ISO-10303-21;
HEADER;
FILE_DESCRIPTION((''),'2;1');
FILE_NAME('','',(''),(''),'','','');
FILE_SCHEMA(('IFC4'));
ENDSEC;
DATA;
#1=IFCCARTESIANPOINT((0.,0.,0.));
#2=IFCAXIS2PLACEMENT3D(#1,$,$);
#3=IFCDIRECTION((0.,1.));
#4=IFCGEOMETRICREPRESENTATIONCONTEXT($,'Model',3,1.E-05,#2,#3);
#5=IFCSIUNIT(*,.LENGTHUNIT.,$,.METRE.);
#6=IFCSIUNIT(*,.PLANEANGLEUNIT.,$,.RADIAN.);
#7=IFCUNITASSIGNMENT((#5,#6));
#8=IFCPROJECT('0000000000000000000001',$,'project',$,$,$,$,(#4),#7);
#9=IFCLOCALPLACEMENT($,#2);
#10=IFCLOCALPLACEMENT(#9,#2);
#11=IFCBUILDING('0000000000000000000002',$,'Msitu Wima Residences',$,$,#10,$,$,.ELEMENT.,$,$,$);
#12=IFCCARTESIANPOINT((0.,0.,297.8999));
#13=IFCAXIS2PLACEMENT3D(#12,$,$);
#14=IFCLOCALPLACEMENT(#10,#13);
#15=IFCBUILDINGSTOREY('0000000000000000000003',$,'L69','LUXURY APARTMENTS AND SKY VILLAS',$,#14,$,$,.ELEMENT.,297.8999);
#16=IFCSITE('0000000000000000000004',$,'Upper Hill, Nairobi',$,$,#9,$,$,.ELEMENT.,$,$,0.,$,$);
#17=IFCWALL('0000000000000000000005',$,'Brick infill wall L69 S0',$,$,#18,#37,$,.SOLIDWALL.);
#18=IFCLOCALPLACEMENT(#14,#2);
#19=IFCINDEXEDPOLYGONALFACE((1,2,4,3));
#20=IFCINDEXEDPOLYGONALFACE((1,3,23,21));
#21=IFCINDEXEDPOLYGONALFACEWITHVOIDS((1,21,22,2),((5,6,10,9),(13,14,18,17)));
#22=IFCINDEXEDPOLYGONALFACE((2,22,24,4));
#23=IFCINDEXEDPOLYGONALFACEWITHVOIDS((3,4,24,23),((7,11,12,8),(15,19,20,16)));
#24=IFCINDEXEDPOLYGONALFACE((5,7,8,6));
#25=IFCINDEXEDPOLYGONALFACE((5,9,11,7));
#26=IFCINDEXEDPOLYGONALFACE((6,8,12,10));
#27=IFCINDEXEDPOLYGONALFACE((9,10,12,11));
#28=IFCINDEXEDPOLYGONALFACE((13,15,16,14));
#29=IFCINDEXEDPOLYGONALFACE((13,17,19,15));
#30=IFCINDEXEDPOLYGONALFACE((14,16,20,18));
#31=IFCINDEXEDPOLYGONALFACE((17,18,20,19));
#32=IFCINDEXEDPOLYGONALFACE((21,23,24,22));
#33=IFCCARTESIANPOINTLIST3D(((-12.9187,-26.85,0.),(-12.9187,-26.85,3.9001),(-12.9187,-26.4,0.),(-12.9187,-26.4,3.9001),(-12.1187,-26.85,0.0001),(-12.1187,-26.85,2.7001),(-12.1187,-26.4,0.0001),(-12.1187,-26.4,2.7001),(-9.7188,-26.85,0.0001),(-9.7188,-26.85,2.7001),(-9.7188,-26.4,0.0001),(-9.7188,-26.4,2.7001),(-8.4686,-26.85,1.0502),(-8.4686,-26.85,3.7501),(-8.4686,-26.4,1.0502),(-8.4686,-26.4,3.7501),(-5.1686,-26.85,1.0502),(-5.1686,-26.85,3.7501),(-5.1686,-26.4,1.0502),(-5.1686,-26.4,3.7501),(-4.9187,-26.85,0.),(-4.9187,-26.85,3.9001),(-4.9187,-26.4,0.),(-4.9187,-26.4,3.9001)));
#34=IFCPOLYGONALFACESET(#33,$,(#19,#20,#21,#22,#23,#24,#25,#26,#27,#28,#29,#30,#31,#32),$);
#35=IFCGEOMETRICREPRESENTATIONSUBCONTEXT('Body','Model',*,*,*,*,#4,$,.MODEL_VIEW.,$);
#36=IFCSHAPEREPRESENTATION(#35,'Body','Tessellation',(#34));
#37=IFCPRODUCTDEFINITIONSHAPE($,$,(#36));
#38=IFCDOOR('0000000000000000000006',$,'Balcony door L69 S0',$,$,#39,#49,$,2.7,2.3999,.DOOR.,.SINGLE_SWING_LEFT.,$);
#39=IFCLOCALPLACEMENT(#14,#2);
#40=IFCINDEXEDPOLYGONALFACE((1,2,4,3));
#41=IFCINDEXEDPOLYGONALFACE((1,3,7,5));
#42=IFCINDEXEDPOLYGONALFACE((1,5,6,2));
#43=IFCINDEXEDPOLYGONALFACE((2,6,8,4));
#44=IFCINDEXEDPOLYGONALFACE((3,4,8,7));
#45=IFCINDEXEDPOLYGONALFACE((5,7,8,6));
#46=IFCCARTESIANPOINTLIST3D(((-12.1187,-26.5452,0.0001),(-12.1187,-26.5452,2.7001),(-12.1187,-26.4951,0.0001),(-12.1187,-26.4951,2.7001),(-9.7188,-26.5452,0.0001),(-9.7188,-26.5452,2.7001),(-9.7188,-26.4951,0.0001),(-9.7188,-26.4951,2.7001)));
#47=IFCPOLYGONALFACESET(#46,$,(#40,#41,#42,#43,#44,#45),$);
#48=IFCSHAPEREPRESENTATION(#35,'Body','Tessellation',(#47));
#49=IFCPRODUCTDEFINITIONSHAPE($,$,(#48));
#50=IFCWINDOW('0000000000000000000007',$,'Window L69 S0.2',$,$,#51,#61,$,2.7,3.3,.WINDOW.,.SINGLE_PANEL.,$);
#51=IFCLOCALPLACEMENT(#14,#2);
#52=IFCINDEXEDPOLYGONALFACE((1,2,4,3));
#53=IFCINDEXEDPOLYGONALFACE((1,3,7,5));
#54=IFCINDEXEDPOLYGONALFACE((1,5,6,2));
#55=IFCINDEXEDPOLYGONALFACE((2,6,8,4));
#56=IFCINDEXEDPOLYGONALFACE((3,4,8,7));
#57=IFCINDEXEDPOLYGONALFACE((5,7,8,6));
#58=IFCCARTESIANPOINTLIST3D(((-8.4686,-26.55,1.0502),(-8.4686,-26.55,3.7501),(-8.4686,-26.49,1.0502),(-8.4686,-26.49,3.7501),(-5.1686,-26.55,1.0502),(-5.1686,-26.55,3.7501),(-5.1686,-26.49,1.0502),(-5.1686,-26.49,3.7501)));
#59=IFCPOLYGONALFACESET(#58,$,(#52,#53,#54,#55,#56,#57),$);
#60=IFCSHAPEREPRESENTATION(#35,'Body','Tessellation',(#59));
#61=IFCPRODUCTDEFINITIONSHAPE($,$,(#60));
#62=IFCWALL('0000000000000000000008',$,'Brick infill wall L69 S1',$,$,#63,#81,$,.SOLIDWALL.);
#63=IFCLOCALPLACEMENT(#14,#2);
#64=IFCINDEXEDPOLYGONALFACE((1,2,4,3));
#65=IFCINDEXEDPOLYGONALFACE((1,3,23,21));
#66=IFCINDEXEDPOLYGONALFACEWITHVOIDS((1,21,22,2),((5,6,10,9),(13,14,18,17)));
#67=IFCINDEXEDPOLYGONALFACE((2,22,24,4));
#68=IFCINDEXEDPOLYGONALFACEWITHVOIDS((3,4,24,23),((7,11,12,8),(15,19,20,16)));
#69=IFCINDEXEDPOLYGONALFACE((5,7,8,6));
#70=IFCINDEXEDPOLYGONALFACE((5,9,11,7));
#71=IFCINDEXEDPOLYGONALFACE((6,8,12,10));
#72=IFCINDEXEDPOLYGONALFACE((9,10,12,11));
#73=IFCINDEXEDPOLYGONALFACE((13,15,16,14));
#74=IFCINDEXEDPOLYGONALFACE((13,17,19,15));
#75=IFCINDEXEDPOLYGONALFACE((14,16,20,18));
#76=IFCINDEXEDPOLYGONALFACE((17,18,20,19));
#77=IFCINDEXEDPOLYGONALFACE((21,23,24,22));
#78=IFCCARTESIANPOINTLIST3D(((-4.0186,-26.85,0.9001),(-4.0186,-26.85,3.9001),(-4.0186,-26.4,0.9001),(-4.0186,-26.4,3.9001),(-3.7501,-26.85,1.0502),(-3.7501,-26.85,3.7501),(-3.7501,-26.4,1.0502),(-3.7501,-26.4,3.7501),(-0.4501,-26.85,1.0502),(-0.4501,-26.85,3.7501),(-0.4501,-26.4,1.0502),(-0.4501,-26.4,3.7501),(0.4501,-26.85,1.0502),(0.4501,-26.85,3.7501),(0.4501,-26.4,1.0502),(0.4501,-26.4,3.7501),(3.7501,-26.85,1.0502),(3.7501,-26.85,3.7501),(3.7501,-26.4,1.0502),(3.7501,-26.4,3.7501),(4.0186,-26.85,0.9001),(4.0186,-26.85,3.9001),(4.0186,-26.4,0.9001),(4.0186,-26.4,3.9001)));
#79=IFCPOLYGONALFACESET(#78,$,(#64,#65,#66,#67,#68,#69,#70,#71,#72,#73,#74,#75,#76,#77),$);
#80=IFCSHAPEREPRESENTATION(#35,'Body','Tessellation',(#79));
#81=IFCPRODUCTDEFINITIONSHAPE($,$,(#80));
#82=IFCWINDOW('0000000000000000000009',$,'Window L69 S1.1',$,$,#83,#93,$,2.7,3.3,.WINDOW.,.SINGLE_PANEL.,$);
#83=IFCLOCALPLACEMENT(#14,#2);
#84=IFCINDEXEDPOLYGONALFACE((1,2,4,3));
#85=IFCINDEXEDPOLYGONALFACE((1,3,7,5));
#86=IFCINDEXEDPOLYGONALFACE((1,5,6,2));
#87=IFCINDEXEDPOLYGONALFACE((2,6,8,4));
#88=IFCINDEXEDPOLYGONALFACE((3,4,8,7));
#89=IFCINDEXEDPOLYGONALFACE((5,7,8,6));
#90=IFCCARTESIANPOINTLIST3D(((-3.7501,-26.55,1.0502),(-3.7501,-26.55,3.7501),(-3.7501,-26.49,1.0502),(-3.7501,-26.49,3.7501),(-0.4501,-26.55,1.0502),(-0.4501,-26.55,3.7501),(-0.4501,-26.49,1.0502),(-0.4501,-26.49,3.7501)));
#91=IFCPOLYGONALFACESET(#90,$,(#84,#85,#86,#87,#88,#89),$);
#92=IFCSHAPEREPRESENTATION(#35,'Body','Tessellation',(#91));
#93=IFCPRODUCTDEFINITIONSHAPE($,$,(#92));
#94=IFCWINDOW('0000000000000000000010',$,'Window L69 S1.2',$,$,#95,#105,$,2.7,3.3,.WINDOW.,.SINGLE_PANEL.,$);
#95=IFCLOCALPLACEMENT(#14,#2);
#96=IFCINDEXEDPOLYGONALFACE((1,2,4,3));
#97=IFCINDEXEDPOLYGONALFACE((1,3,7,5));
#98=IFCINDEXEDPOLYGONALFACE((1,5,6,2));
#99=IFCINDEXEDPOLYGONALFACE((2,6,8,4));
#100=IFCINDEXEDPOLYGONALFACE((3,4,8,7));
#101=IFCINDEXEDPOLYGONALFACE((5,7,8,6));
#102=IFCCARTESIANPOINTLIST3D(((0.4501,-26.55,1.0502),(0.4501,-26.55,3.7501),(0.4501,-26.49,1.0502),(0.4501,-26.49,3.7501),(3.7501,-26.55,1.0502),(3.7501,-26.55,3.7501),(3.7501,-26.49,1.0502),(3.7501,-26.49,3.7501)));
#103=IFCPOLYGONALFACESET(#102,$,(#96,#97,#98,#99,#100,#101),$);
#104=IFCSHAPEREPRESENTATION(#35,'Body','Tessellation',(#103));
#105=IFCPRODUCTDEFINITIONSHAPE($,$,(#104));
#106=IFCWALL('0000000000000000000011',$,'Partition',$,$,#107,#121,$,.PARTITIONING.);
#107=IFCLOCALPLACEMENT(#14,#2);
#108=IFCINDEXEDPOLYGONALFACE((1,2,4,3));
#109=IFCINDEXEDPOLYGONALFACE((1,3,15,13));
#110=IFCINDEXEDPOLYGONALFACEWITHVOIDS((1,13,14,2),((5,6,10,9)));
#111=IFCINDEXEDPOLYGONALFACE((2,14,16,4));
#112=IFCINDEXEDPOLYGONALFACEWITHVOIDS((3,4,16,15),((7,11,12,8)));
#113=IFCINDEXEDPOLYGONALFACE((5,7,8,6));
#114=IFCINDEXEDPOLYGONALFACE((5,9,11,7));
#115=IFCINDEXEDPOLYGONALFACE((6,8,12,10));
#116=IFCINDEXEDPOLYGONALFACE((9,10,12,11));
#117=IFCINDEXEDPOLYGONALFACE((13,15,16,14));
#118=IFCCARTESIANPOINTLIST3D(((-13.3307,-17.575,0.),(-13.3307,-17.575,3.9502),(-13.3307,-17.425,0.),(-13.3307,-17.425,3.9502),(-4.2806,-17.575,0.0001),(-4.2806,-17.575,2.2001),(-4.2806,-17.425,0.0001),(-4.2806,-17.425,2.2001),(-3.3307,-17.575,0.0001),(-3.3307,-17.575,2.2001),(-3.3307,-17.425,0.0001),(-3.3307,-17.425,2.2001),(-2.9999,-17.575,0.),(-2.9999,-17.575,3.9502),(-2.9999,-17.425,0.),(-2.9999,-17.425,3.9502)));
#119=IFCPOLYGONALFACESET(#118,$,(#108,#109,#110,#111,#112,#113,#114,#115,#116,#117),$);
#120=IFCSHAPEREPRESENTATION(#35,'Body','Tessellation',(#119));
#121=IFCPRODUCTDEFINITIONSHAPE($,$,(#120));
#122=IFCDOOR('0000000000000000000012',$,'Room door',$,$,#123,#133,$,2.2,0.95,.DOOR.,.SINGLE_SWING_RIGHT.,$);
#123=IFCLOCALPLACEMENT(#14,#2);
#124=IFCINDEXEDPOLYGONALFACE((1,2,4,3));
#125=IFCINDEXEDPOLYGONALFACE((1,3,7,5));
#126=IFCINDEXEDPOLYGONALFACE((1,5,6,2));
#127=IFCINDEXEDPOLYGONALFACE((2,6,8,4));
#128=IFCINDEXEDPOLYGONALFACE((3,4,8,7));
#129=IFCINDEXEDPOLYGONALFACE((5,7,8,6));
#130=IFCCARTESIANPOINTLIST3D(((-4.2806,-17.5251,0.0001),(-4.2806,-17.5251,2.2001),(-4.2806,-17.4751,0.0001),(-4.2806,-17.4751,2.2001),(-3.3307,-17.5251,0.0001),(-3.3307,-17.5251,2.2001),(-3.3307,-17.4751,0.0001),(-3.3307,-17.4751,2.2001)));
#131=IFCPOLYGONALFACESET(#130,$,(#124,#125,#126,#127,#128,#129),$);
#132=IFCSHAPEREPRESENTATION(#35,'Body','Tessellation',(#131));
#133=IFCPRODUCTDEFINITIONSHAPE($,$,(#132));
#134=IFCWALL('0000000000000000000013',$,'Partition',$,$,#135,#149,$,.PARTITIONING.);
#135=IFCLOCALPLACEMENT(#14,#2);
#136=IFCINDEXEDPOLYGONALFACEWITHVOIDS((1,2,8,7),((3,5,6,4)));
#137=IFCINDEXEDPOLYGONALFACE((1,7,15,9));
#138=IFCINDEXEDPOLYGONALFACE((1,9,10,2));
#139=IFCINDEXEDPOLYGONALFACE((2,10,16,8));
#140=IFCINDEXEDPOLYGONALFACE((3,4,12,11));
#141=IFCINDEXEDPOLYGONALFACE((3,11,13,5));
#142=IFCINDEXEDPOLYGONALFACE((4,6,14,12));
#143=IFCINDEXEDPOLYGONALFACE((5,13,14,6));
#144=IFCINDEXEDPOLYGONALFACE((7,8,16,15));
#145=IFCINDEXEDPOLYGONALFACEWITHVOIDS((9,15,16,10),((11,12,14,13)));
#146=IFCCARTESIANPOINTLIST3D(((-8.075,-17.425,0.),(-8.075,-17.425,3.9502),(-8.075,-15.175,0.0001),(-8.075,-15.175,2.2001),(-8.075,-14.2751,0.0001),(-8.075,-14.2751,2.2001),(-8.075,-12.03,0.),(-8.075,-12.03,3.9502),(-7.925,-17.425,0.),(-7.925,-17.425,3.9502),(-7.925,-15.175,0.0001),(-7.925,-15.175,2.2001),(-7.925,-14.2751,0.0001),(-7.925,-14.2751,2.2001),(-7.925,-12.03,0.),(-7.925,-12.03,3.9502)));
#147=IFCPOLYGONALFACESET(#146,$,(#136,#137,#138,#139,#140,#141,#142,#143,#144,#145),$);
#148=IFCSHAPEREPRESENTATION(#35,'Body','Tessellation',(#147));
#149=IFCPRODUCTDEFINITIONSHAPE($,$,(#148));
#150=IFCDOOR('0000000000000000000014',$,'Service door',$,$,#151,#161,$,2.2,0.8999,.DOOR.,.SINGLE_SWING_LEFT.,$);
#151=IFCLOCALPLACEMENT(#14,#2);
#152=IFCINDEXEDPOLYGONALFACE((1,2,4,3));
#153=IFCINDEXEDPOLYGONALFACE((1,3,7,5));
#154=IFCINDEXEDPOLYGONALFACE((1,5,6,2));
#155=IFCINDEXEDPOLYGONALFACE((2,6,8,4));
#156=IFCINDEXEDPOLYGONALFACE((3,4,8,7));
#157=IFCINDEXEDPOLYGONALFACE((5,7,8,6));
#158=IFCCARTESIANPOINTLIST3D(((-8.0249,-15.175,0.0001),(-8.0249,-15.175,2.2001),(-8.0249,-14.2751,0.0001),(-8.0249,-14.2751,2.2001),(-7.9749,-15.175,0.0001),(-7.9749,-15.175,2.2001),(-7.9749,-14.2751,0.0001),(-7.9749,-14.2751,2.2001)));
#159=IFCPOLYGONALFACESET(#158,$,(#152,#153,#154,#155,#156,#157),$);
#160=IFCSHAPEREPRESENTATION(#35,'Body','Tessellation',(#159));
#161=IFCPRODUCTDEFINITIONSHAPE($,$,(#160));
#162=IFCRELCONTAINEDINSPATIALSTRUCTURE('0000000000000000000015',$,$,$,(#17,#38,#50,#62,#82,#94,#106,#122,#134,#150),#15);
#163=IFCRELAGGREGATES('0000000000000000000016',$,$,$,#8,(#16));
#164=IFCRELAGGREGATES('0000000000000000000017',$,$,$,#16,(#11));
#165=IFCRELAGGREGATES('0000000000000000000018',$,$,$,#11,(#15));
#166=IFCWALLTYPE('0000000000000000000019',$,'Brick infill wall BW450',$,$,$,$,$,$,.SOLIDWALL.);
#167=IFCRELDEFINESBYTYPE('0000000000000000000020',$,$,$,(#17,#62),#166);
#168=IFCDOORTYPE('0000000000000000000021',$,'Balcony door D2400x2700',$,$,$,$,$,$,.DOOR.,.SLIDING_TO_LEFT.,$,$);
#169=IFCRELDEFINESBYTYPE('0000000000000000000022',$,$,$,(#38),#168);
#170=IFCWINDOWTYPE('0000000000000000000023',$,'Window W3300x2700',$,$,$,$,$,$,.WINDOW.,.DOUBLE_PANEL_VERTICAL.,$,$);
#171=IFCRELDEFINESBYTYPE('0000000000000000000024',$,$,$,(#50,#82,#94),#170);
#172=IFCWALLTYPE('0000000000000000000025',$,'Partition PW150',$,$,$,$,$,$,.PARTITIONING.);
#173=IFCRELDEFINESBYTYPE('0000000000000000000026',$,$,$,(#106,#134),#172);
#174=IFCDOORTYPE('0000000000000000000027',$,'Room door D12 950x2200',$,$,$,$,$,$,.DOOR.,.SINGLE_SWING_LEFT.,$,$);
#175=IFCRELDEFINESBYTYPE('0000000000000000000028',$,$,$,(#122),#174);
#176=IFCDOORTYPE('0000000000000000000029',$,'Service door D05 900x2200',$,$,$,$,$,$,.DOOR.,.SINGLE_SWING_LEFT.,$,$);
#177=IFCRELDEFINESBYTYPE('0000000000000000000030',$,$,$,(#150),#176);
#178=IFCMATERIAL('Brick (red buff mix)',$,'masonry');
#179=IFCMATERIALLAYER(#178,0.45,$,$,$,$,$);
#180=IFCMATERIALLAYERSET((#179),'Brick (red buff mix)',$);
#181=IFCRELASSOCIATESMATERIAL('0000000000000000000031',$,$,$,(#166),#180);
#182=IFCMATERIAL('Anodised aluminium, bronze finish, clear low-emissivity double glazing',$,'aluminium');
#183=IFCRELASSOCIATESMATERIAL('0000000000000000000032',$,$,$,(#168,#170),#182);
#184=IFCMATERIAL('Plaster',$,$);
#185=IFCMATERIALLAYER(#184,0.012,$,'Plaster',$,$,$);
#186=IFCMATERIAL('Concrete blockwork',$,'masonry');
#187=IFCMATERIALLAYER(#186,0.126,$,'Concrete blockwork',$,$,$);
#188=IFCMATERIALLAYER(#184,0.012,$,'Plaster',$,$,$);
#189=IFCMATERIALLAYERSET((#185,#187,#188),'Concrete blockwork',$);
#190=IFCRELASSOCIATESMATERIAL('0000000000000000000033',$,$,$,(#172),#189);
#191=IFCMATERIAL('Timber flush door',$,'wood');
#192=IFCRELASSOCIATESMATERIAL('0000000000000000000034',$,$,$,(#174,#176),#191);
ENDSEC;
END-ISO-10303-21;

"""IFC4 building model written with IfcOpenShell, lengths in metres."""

from ifc_helpers import new_model, si_unit, direction, frame, frame_2d, origin, place, context, subcontext, project, spatial, rectangle, extrude, material, layer, layer_set, type_object, element, fill, save


model = new_model("IFC4")

# Units and contexts
model_context = context("Model", 3, precision=1e-05, world=origin(), true_north=direction((0.0, 1.0)))
body_context = subcontext(model_context, "Body", "Model", "MODEL_VIEW")
ifc_project = project(units=[si_unit("LENGTHUNIT", "METRE"), si_unit("PLANEANGLEUNIT", "RADIAN")], contexts=[model_context])

# Site, building, storey
site_placement = place(None, origin())
site = spatial("IfcSite", under=ifc_project, at=site_placement, Name="Upper Hill, Nairobi", CompositionType="ELEMENT", RefElevation=0.0)
building_placement = place(site_placement, origin())
building = spatial("IfcBuilding", under=site, at=building_placement, Name="Msitu Wima Residences", CompositionType="ELEMENT")
storey_placement = place(building_placement, frame((0.0, 0.0, 297.8999)))
storey = spatial("IfcBuildingStorey", under=building, at=storey_placement, Name="L69", Description="LUXURY APARTMENTS AND SKY VILLAS", CompositionType="ELEMENT", Elevation=297.8999)

# Wall, openings, door, window
ifc_material_1 = material(Name="Brick (red buff mix)", Category="masonry")
ifc_layer_1 = layer(ifc_material_1, 0.45)
ifc_layer_set_1 = layer_set([ifc_layer_1], Name="Brick (red buff mix)")
wall_type_1 = type_object("IfcWallType", Name="Brick infill wall BW450", PredefinedType="SOLIDWALL", material=ifc_layer_set_1)
wall_1_placement = place(storey_placement, frame((-12.9187, -26.625, 0.0), z_axis=(0.0, 0.0, 1.0), x_axis=(1.0, 0.0, 0.0)))
wall_1 = element("IfcWall", 1, at=wall_1_placement, inside=storey, type_object=wall_type_1, Name="Brick infill wall L69 S0", PredefinedType="SOLIDWALL", context=body_context, shape_type="SweptSolid", body=[
    extrude(rectangle(XDim=8.0, YDim=0.45, at=frame_2d((4.0, 0.0))), origin(), (0.0, 0.0, 1.0), 3.9001),
])
opening_1_placement = place(wall_1_placement, frame((0.8, 0.0, 0.0)))
opening_1 = element("IfcOpeningElement", 2, at=opening_1_placement, cuts=wall_1, PredefinedType="OPENING", context=body_context, shape_type="SweptSolid", body=[
    extrude(rectangle(XDim=2.3999, YDim=2.7, at=frame_2d((1.2, 1.3501))), frame((0.0, 0.2349, 0.0), z_axis=(0.0, -1.0, 0.0), x_axis=(1.0, 0.0, 0.0)), (0.0, 0.0, 1.0), 0.47),
])
opening_2_placement = place(wall_1_placement, frame((4.4502, 0.0, 1.05)))
opening_2 = element("IfcOpeningElement", 3, at=opening_2_placement, cuts=wall_1, PredefinedType="OPENING", context=body_context, shape_type="SweptSolid", body=[
    extrude(rectangle(XDim=3.3, YDim=2.7, at=frame_2d((1.6499, 1.3501))), frame((0.0, 0.2349, 0.0), z_axis=(0.0, -1.0, 0.0), x_axis=(1.0, 0.0, 0.0)), (0.0, 0.0, 1.0), 0.47),
])
ifc_material_2 = material(Name="Anodised aluminium, bronze finish, clear low-emissivity double glazing", Category="aluminium")
door_type_1 = type_object("IfcDoorType", Name="Balcony door D2400x2700", OperationType="SLIDING_TO_LEFT", PredefinedType="DOOR", material=ifc_material_2)
door_1_placement = place(opening_1_placement, origin())
door_1 = element("IfcDoor", 4, at=door_1_placement, inside=storey, type_object=door_type_1, Name="Balcony door L69 S0", OperationType="SINGLE_SWING_LEFT", OverallHeight=2.7, OverallWidth=2.3999, PredefinedType="DOOR", context=body_context, shape_type="SweptSolid", body=[
    extrude(rectangle(XDim=2.3999, YDim=2.7, at=frame_2d((1.2, 1.3501))), frame((0.0, 0.1299, 0.0), z_axis=(0.0, -1.0, 0.0), x_axis=(1.0, 0.0, 0.0)), (0.0, 0.0, 1.0), 0.05),
])
fill(opening_1, door_1)
window_type = type_object("IfcWindowType", Name="Window W3300x2700", PartitioningType="DOUBLE_PANEL_VERTICAL", PredefinedType="WINDOW", material=ifc_material_2)
window_1_placement = place(opening_2_placement, origin())
window_1 = element("IfcWindow", 5, at=window_1_placement, inside=storey, type_object=window_type, Name="Window L69 S0.2", OverallHeight=2.7, OverallWidth=3.3, PartitioningType="SINGLE_PANEL", PredefinedType="WINDOW", context=body_context, shape_type="SweptSolid", body=[
    extrude(rectangle(XDim=3.3, YDim=2.7, at=frame_2d((1.6499, 1.3501))), frame((0.0, 0.135, 0.0), z_axis=(0.0, -1.0, 0.0), x_axis=(1.0, 0.0, 0.0)), (0.0, 0.0, 1.0), 0.0601),
])
fill(opening_2, window_1)

# Wall, openings, windows
wall_2_placement = place(storey_placement, frame((-4.0186, -26.625, 0.9001), z_axis=(0.0, 0.0, 1.0), x_axis=(1.0, 0.0, 0.0)))
wall_2 = element("IfcWall", 6, at=wall_2_placement, inside=storey, type_object=wall_type_1, Name="Brick infill wall L69 S1", PredefinedType="SOLIDWALL", context=body_context, shape_type="SweptSolid", body=[
    extrude(rectangle(XDim=8.0371, YDim=0.45, at=frame_2d((4.0186, 0.0))), origin(), (0.0, 0.0, 1.0), 3.0),
])
opening_3_placement = place(wall_2_placement, frame((0.2686, 0.0, 0.1499)))
opening_3 = element("IfcOpeningElement", 7, at=opening_3_placement, cuts=wall_2, PredefinedType="OPENING", context=body_context, shape_type="SweptSolid", body=[
    extrude(rectangle(XDim=3.3, YDim=2.7, at=frame_2d((1.6499, 1.3501))), frame((0.0, 0.2349, 0.0), z_axis=(0.0, -1.0, 0.0), x_axis=(1.0, 0.0, 0.0)), (0.0, 0.0, 1.0), 0.47),
])
opening_4_placement = place(wall_2_placement, frame((4.4688, 0.0, 0.1499)))
opening_4 = element("IfcOpeningElement", 8, at=opening_4_placement, cuts=wall_2, PredefinedType="OPENING", context=body_context, shape_type="SweptSolid", body=[
    extrude(rectangle(XDim=3.3, YDim=2.7, at=frame_2d((1.6499, 1.3501))), frame((0.0, 0.2349, 0.0), z_axis=(0.0, -1.0, 0.0), x_axis=(1.0, 0.0, 0.0)), (0.0, 0.0, 1.0), 0.47),
])
window_2_placement = place(opening_3_placement, origin())
window_2 = element("IfcWindow", 9, at=window_2_placement, inside=storey, type_object=window_type, Name="Window L69 S1.1", OverallHeight=2.7, OverallWidth=3.3, PartitioningType="SINGLE_PANEL", PredefinedType="WINDOW", context=body_context, shape_type="SweptSolid", body=[
    extrude(rectangle(XDim=3.3, YDim=2.7, at=frame_2d((1.6499, 1.3501))), frame((0.0, 0.135, 0.0), z_axis=(0.0, -1.0, 0.0), x_axis=(1.0, 0.0, 0.0)), (0.0, 0.0, 1.0), 0.0601),
])
fill(opening_3, window_2)
window_3_placement = place(opening_4_placement, origin())
window_3 = element("IfcWindow", 10, at=window_3_placement, inside=storey, type_object=window_type, Name="Window L69 S1.2", OverallHeight=2.7, OverallWidth=3.3, PartitioningType="SINGLE_PANEL", PredefinedType="WINDOW", context=body_context, shape_type="SweptSolid", body=[
    extrude(rectangle(XDim=3.3, YDim=2.7, at=frame_2d((1.6499, 1.3501))), frame((0.0, 0.135, 0.0), z_axis=(0.0, -1.0, 0.0), x_axis=(1.0, 0.0, 0.0)), (0.0, 0.0, 1.0), 0.0601),
])
fill(opening_4, window_3)

# Walls, openings, doors
ifc_material_3 = material(Name="Plaster")
ifc_layer_2 = layer(ifc_material_3, 0.012, Name="Plaster")
ifc_material_4 = material(Name="Concrete blockwork", Category="masonry")
ifc_layer_3 = layer(ifc_material_4, 0.126, Name="Concrete blockwork")
ifc_layer_4 = layer(ifc_material_3, 0.012, Name="Plaster")
ifc_layer_set_2 = layer_set([ifc_layer_2, ifc_layer_3, ifc_layer_4], Name="Concrete blockwork")
wall_type_2 = type_object("IfcWallType", Name="Partition PW150", PredefinedType="PARTITIONING", material=ifc_layer_set_2)
wall_3_placement = place(storey_placement, frame((-13.3308, -17.5, 0.0), z_axis=(0.0, 0.0, 1.0), x_axis=(1.0, 0.0, 0.0)))
wall_3 = element("IfcWall", 11, at=wall_3_placement, inside=storey, type_object=wall_type_2, Name="Partition", PredefinedType="PARTITIONING", context=body_context, shape_type="SweptSolid", body=[
    extrude(rectangle(XDim=10.3308, YDim=0.1499, at=frame_2d((5.1655, 0.0))), origin(), (0.0, 0.0, 1.0), 3.9502),
])
opening_5_placement = place(wall_3_placement, frame((9.05, 0.0, 0.0)))
opening_5 = element("IfcOpeningElement", 12, at=opening_5_placement, cuts=wall_3, PredefinedType="OPENING", context=body_context, shape_type="SweptSolid", body=[
    extrude(rectangle(XDim=0.95, YDim=2.2, at=frame_2d((0.4751, 1.1001))), frame((0.0, 0.085, 0.0), z_axis=(0.0, -1.0, 0.0), x_axis=(1.0, 0.0, 0.0)), (0.0, 0.0, 1.0), 0.1699),
])
ifc_material_5 = material(Name="Timber flush door", Category="wood")
door_type_2 = type_object("IfcDoorType", Name="Room door D12 950x2200", OperationType="SINGLE_SWING_LEFT", PredefinedType="DOOR", material=ifc_material_5)
door_2_placement = place(opening_5_placement, origin())
door_2 = element("IfcDoor", 13, at=door_2_placement, inside=storey, type_object=door_type_2, Name="Room door", OperationType="SINGLE_SWING_RIGHT", OverallHeight=2.2, OverallWidth=0.95, PredefinedType="DOOR", context=body_context, shape_type="SweptSolid", body=[
    extrude(rectangle(XDim=0.95, YDim=2.2, at=frame_2d((0.4751, 1.1001))), frame((0.0, 0.0249, 0.0), z_axis=(0.0, -1.0, 0.0), x_axis=(1.0, 0.0, 0.0)), (0.0, 0.0, 1.0), 0.05),
])
fill(opening_5, door_2)
wall_4_placement = place(storey_placement, frame((-8.0, -17.425, 0.0), z_axis=(0.0, 0.0, 1.0), x_axis=(0.0, 1.0, 0.0)))
wall_4 = element("IfcWall", 14, at=wall_4_placement, inside=storey, type_object=wall_type_2, Name="Partition", PredefinedType="PARTITIONING", context=body_context, shape_type="SweptSolid", body=[
    extrude(rectangle(XDim=5.395, YDim=0.1499, at=frame_2d((2.6975, 0.0))), origin(), (0.0, 0.0, 1.0), 3.9502),
])
opening_6_placement = place(wall_4_placement, frame((2.25, 0.0, 0.0)))
opening_6 = element("IfcOpeningElement", 15, at=opening_6_placement, cuts=wall_4, PredefinedType="OPENING", context=body_context, shape_type="SweptSolid", body=[
    extrude(rectangle(XDim=0.8999, YDim=2.2, at=frame_2d((0.45, 1.1001))), frame((0.0, 0.085, 0.0), z_axis=(0.0, -1.0, 0.0), x_axis=(1.0, 0.0, 0.0)), (0.0, 0.0, 1.0), 0.1699),
])
door_type_3 = type_object("IfcDoorType", Name="Service door D05 900x2200", OperationType="SINGLE_SWING_LEFT", PredefinedType="DOOR", material=ifc_material_5)
door_3_placement = place(opening_6_placement, origin())
door_3 = element("IfcDoor", 16, at=door_3_placement, inside=storey, type_object=door_type_3, Name="Service door", OperationType="SINGLE_SWING_LEFT", OverallHeight=2.2, OverallWidth=0.8999, PredefinedType="DOOR", context=body_context, shape_type="SweptSolid", body=[
    extrude(rectangle(XDim=0.8999, YDim=2.2, at=frame_2d((0.45, 1.1001))), frame((0.0, 0.0249, 0.0), z_axis=(0.0, -1.0, 0.0), x_axis=(1.0, 0.0, 0.0)), (0.0, 0.0, 1.0), 0.05),
])
fill(opening_6, door_3)

save(model, "model.ifc")
